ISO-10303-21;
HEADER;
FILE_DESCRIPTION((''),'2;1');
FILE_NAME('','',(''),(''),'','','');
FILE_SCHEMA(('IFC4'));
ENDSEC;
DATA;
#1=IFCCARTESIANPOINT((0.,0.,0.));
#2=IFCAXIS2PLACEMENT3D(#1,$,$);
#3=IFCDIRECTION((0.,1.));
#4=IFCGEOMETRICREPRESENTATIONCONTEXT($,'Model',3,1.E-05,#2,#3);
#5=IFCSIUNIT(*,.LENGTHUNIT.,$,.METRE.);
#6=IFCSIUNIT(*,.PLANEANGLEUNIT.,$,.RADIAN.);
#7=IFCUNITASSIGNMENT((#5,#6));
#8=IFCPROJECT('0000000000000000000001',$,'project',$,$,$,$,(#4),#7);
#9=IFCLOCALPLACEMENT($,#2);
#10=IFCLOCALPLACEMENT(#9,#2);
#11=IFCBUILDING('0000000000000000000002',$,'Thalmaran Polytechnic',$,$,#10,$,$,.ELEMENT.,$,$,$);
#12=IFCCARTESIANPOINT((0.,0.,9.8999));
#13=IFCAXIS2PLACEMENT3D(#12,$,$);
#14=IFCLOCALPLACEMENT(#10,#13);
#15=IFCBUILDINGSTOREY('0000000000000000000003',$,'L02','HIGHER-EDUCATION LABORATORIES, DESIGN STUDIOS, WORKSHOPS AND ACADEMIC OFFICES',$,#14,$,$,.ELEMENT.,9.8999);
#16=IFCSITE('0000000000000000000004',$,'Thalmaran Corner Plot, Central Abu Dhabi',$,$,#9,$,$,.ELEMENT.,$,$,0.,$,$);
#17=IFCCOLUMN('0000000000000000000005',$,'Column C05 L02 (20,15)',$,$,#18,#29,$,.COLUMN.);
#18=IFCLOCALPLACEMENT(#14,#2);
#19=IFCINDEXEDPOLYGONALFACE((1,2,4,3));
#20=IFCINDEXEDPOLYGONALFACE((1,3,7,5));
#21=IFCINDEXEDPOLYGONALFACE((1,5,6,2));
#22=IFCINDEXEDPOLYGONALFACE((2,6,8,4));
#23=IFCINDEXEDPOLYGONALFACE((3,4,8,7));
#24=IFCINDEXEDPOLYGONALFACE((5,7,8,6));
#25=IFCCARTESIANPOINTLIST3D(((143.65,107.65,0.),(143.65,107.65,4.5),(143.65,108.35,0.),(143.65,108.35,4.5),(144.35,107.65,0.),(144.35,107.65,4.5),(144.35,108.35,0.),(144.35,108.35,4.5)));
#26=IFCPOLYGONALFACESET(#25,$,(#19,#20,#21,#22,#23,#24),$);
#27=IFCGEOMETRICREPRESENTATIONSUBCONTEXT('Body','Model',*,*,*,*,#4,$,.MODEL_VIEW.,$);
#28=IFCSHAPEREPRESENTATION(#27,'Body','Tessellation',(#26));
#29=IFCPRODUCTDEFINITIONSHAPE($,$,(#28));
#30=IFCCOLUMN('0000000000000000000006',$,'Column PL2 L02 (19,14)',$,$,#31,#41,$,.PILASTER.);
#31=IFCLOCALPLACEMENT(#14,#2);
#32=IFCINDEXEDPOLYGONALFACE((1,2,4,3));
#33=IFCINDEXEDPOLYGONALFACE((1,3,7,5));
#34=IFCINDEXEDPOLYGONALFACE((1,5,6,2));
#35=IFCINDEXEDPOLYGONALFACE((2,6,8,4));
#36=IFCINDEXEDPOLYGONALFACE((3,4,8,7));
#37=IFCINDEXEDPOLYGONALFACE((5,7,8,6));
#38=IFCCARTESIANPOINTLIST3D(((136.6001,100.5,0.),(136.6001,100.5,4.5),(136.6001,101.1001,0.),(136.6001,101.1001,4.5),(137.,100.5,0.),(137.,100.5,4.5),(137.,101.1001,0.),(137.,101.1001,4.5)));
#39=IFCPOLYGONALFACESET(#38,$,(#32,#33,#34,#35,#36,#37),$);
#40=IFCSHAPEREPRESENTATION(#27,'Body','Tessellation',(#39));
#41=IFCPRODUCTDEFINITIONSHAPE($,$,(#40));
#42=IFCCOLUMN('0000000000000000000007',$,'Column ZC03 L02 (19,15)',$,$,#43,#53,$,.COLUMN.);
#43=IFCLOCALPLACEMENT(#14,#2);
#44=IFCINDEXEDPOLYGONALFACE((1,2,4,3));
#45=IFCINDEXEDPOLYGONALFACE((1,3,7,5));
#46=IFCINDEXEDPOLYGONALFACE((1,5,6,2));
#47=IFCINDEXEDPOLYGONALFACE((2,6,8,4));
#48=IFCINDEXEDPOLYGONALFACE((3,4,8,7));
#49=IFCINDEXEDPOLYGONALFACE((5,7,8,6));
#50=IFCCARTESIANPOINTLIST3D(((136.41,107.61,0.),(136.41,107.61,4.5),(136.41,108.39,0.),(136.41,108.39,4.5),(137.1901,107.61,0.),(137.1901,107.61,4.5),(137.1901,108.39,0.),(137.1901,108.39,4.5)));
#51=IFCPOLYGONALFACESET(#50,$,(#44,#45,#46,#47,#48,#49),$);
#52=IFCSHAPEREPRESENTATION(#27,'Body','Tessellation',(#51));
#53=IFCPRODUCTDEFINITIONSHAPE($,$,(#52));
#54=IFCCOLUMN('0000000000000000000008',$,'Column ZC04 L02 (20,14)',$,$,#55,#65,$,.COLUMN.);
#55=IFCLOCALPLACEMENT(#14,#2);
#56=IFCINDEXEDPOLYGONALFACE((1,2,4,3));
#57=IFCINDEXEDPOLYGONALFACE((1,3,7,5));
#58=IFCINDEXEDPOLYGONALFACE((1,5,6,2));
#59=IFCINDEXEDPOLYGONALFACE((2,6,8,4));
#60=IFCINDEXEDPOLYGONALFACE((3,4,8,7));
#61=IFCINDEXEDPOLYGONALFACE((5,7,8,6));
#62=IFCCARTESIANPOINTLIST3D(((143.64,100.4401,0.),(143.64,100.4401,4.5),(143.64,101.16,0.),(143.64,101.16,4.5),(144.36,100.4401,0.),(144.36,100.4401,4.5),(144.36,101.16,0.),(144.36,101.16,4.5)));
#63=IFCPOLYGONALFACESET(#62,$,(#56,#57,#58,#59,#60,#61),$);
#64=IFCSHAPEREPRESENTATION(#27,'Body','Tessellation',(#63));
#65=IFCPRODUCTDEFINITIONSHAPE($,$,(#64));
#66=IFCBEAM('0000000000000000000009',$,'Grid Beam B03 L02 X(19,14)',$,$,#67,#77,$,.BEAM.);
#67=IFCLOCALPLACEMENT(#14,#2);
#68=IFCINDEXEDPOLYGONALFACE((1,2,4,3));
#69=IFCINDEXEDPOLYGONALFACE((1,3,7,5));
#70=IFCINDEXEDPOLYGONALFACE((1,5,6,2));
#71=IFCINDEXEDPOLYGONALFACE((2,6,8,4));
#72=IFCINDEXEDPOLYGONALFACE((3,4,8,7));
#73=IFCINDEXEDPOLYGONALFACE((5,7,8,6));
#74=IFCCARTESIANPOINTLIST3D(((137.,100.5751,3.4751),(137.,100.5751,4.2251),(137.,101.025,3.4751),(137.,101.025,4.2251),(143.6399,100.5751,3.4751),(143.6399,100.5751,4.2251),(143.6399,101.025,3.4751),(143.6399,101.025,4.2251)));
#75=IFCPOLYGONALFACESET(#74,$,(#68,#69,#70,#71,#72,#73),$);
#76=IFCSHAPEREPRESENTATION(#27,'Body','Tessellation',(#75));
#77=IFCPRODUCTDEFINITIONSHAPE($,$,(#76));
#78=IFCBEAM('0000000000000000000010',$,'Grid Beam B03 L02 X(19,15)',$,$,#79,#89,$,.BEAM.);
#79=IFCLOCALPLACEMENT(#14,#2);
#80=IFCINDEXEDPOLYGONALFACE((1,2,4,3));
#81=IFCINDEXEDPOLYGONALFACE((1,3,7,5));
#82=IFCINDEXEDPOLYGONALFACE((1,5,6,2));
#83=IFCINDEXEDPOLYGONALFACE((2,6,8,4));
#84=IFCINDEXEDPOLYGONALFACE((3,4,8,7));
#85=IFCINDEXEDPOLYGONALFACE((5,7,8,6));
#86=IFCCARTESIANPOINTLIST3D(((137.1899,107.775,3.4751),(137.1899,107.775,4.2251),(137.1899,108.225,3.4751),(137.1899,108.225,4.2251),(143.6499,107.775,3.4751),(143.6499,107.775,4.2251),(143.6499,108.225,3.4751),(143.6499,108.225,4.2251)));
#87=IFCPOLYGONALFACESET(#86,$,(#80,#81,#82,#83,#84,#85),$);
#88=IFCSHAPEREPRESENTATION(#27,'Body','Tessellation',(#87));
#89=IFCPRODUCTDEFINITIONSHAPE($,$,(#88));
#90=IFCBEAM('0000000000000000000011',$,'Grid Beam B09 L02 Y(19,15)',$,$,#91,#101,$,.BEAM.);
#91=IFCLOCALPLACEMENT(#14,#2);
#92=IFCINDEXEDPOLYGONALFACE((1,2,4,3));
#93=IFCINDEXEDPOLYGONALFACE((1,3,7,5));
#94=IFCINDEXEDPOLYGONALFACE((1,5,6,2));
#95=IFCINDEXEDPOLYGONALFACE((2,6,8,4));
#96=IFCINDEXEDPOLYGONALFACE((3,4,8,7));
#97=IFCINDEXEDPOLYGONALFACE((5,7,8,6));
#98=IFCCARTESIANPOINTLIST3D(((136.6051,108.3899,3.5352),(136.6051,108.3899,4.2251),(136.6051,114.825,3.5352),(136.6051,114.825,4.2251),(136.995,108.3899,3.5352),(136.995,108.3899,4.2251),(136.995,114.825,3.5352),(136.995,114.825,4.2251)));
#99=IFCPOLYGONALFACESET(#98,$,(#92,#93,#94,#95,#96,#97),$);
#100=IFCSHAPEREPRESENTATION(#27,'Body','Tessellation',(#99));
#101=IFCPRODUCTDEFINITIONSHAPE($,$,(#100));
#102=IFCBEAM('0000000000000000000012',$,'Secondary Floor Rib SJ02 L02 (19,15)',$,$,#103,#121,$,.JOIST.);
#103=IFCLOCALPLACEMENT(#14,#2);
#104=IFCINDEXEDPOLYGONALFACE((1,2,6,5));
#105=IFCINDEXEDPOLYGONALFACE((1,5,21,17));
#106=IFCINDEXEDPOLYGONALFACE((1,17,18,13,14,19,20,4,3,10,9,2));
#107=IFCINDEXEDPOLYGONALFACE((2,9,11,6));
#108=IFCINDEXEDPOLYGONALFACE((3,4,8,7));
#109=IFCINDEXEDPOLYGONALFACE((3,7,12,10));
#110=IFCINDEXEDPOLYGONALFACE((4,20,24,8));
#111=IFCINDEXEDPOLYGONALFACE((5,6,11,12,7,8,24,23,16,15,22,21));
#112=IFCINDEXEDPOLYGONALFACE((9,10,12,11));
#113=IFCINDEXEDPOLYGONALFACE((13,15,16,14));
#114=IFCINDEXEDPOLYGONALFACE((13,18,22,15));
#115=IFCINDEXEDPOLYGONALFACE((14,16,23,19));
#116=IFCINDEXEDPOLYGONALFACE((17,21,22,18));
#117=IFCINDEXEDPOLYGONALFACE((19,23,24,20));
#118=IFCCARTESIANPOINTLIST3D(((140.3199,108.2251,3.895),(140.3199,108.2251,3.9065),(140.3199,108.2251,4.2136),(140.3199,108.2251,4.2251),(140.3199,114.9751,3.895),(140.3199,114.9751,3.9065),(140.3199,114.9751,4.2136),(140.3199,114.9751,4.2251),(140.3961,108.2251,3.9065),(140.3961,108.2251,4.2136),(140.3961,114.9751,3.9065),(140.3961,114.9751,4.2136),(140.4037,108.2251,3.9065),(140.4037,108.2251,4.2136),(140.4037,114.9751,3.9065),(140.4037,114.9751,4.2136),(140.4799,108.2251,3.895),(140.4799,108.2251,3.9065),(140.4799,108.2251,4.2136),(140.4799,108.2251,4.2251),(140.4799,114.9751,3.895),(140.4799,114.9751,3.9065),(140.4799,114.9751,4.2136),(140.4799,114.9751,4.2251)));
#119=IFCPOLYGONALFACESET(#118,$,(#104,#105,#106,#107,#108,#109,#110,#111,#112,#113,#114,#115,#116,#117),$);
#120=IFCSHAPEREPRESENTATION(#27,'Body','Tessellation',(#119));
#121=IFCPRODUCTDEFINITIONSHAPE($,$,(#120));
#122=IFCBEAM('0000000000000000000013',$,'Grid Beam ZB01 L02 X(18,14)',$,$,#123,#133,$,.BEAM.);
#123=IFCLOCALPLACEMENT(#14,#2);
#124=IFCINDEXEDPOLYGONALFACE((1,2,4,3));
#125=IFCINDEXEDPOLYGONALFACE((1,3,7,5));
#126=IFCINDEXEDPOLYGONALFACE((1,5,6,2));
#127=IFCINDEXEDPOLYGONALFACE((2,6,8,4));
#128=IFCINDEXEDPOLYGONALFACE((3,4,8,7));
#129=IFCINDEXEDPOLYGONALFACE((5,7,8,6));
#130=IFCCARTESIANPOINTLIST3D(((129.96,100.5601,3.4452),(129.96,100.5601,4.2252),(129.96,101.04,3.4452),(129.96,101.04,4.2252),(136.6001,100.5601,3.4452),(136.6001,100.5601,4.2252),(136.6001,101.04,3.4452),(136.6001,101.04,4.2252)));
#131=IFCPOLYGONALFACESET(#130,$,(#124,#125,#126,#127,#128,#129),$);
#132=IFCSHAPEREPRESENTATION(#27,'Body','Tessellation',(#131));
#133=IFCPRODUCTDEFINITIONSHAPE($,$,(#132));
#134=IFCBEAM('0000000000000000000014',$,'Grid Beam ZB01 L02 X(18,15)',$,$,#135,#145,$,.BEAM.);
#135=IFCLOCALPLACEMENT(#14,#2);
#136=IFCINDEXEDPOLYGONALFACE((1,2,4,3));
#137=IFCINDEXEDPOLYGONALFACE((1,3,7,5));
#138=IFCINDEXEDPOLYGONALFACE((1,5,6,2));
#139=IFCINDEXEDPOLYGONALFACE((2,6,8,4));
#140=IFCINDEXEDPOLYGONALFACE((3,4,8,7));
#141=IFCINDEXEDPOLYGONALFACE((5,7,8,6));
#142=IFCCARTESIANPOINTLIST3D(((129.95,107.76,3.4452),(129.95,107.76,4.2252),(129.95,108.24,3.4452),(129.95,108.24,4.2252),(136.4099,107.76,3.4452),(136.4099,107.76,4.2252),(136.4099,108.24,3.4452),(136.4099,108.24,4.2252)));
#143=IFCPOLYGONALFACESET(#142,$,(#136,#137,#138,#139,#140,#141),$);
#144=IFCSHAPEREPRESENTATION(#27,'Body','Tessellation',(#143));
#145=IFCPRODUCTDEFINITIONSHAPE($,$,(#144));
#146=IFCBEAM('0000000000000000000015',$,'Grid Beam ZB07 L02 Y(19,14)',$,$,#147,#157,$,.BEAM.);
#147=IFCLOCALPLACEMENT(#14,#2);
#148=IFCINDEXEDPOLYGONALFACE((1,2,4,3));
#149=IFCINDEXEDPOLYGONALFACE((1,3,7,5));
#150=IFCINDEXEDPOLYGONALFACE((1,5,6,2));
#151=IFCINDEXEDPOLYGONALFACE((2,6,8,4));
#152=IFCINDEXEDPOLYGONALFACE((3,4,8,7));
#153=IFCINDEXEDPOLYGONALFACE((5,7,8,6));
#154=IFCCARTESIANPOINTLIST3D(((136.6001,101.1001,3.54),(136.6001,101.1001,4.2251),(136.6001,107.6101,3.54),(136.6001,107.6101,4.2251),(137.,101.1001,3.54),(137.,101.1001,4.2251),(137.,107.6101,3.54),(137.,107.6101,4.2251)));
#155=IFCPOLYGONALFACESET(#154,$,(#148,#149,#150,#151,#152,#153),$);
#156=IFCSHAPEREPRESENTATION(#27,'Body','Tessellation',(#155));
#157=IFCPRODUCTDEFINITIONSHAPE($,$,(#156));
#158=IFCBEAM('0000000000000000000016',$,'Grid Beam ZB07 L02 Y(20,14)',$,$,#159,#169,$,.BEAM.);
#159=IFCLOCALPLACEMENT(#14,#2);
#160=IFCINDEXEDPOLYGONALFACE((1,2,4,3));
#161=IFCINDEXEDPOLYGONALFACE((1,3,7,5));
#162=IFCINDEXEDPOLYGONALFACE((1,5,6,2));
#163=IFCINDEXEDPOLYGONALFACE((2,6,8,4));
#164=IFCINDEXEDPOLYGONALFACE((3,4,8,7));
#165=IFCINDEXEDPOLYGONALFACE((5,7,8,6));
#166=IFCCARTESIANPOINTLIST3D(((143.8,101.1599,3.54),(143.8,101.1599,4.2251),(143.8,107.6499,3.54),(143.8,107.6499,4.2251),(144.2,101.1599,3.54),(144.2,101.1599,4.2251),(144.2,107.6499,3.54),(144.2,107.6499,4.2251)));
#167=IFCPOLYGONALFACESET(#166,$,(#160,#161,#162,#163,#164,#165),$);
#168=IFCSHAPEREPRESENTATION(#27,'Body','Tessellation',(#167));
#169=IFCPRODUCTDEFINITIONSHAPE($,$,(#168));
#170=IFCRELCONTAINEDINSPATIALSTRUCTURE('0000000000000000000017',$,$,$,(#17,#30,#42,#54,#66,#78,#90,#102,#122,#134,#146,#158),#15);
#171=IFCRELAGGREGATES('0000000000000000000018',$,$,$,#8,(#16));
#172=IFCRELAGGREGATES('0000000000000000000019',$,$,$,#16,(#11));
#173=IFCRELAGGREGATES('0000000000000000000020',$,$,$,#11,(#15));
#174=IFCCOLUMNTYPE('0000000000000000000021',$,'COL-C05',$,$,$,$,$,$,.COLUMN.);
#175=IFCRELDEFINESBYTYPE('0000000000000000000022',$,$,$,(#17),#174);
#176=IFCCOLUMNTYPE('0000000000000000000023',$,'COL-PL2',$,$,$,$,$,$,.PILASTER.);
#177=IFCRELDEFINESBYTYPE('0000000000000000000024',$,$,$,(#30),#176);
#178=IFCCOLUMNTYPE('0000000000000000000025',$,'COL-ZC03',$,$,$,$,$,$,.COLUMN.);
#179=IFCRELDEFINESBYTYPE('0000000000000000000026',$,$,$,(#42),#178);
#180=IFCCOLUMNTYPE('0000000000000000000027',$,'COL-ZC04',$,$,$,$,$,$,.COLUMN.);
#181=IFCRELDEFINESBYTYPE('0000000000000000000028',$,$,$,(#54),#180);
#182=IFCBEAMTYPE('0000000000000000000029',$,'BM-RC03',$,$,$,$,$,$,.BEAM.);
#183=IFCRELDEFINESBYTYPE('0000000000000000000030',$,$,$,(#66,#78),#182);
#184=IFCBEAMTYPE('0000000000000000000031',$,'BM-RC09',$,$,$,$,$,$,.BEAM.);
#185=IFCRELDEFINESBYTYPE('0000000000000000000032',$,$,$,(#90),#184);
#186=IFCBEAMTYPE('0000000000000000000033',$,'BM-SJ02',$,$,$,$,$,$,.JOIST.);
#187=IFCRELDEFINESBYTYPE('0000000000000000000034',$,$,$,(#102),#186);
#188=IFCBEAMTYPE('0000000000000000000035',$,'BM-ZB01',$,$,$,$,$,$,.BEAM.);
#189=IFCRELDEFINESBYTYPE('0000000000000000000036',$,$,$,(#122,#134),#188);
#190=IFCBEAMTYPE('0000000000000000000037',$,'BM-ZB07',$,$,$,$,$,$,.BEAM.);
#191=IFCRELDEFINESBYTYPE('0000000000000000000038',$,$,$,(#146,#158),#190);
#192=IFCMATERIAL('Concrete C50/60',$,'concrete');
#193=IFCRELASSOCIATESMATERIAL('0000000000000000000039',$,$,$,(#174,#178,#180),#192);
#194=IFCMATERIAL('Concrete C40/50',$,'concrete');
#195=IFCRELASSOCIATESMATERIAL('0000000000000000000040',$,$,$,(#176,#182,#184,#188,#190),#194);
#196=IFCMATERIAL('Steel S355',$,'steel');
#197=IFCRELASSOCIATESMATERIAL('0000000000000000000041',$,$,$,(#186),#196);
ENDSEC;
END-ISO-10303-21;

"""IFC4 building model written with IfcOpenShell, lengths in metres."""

from ifc_helpers import new_model, si_unit, direction, frame, origin, origin_2d, place, context, subcontext, project, spatial, rectangle, i_section, extrude, material, material_profile, profile_set, type_object, element, save


model = new_model("IFC4")

# Units and contexts
model_context = context("Model", 3, precision=1e-05, world=origin(), true_north=direction((0.0, 1.0)))
body_context = subcontext(model_context, "Body", "Model", "MODEL_VIEW")
ifc_project = project(units=[si_unit("LENGTHUNIT", "METRE"), si_unit("PLANEANGLEUNIT", "RADIAN")], contexts=[model_context])

# Site, building, storey
site_placement = place(None, origin())
site = spatial("IfcSite", under=ifc_project, at=site_placement, Name="Thalmaran Corner Plot, Central Abu Dhabi", CompositionType="ELEMENT", RefElevation=0.0)
building_placement = place(site_placement, origin())
building = spatial("IfcBuilding", under=site, at=building_placement, Name="Thalmaran Polytechnic", CompositionType="ELEMENT")
storey_placement = place(building_placement, frame((0.0, 0.0, 9.8999)))
storey = spatial("IfcBuildingStorey", under=building, at=storey_placement, Name="L02", Description="HIGHER-EDUCATION LABORATORIES, DESIGN STUDIOS, WORKSHOPS AND ACADEMIC OFFICES", CompositionType="ELEMENT", Elevation=9.8999)

# Columns
ifc_material_1 = material(Name="Concrete C50/60", Category="concrete")
ifc_material_profile_1 = material_profile(ifc_material_1, rectangle(XDim=0.7, YDim=0.7, at=origin_2d()), Name="RC 700x700")
ifc_profile_set_1 = profile_set([ifc_material_profile_1], Name="Concrete C50/60")
column_type_1 = type_object("IfcColumnType", Name="COL-C05", PredefinedType="COLUMN", material=ifc_profile_set_1)
column_1_placement = place(storey_placement, frame((144.0, 108.0, 0.0), z_axis=(0.0, 0.0, 1.0), x_axis=(1.0, 0.0, 0.0)))
element("IfcColumn", 1, at=column_1_placement, inside=storey, type_object=column_type_1, Name="Column C05 L02 (20,15)", PredefinedType="COLUMN", context=body_context, shape_type="SweptSolid", body=[
    extrude(rectangle(XDim=0.7, YDim=0.7, at=origin_2d()), origin(), (0.0, 0.0, 1.0), 4.5),
])
ifc_material_2 = material(Name="Concrete C40/50", Category="concrete")
ifc_material_profile_2 = material_profile(ifc_material_2, rectangle(XDim=0.3999, YDim=0.6001, at=origin_2d()), Name="RC 400x600")
ifc_profile_set_2 = profile_set([ifc_material_profile_2], Name="Concrete C40/50")
column_type_2 = type_object("IfcColumnType", Name="COL-PL2", PredefinedType="PILASTER", material=ifc_profile_set_2)
column_2_placement = place(storey_placement, frame((136.8, 100.8, 0.0), z_axis=(0.0, 0.0, 1.0), x_axis=(1.0, 0.0, 0.0)))
element("IfcColumn", 2, at=column_2_placement, inside=storey, type_object=column_type_2, Name="Column PL2 L02 (19,14)", PredefinedType="PILASTER", context=body_context, shape_type="SweptSolid", body=[
    extrude(rectangle(XDim=0.3999, YDim=0.6001, at=origin_2d()), origin(), (0.0, 0.0, 1.0), 4.5),
])
ifc_material_profile_3 = material_profile(ifc_material_1, rectangle(XDim=0.78, YDim=0.78, at=origin_2d()), Name="RC 780x780")
ifc_profile_set_3 = profile_set([ifc_material_profile_3], Name="Concrete C50/60")
column_type_3 = type_object("IfcColumnType", Name="COL-ZC03", PredefinedType="COLUMN", material=ifc_profile_set_3)
column_3_placement = place(storey_placement, frame((136.8, 108.0, 0.0), z_axis=(0.0, 0.0, 1.0), x_axis=(1.0, 0.0, 0.0)))
element("IfcColumn", 3, at=column_3_placement, inside=storey, type_object=column_type_3, Name="Column ZC03 L02 (19,15)", PredefinedType="COLUMN", context=body_context, shape_type="SweptSolid", body=[
    extrude(rectangle(XDim=0.78, YDim=0.78, at=origin_2d()), origin(), (0.0, 0.0, 1.0), 4.5),
])
ifc_material_profile_4 = material_profile(ifc_material_1, rectangle(XDim=0.72, YDim=0.72, at=origin_2d()), Name="RC 720x720")
ifc_profile_set_4 = profile_set([ifc_material_profile_4], Name="Concrete C50/60")
column_type_4 = type_object("IfcColumnType", Name="COL-ZC04", PredefinedType="COLUMN", material=ifc_profile_set_4)
column_4_placement = place(storey_placement, frame((144.0, 100.8, 0.0), z_axis=(0.0, 0.0, 1.0), x_axis=(1.0, 0.0, 0.0)))
element("IfcColumn", 4, at=column_4_placement, inside=storey, type_object=column_type_4, Name="Column ZC04 L02 (20,14)", PredefinedType="COLUMN", context=body_context, shape_type="SweptSolid", body=[
    extrude(rectangle(XDim=0.72, YDim=0.72, at=origin_2d()), origin(), (0.0, 0.0, 1.0), 4.5),
])

# Beams
ifc_material_profile_5 = material_profile(ifc_material_2, rectangle(XDim=0.45, YDim=0.75, at=origin_2d()), Name="RC 450x750")
ifc_profile_set_5 = profile_set([ifc_material_profile_5], Name="Concrete C40/50")
beam_type_1 = type_object("IfcBeamType", Name="BM-RC03", PredefinedType="BEAM", material=ifc_profile_set_5)
beam_1_placement = place(storey_placement, frame((137.0, 100.8, 3.8501), z_axis=(1.0, 0.0, 0.0), x_axis=(0.0, 1.0, 0.0)))
element("IfcBeam", 5, at=beam_1_placement, inside=storey, type_object=beam_type_1, Name="Grid Beam B03 L02 X(19,14)", PredefinedType="BEAM", context=body_context, shape_type="SweptSolid", body=[
    extrude(rectangle(XDim=0.45, YDim=0.75, at=origin_2d()), origin(), (0.0, 0.0, 1.0), 6.6399),
])
beam_2_placement = place(storey_placement, frame((137.1899, 108.0, 3.8501), z_axis=(1.0, 0.0, 0.0), x_axis=(0.0, 1.0, 0.0)))
element("IfcBeam", 6, at=beam_2_placement, inside=storey, type_object=beam_type_1, Name="Grid Beam B03 L02 X(19,15)", PredefinedType="BEAM", context=body_context, shape_type="SweptSolid", body=[
    extrude(rectangle(XDim=0.45, YDim=0.75, at=origin_2d()), origin(), (0.0, 0.0, 1.0), 6.46),
])
ifc_material_profile_6 = material_profile(ifc_material_2, rectangle(XDim=0.3899, YDim=0.6899, at=origin_2d()), Name="RC 390x690")
ifc_profile_set_6 = profile_set([ifc_material_profile_6], Name="Concrete C40/50")
beam_type_2 = type_object("IfcBeamType", Name="BM-RC09", PredefinedType="BEAM", material=ifc_profile_set_6)
beam_3_placement = place(storey_placement, frame((136.8, 108.3899, 3.8801), z_axis=(0.0, 1.0, 0.0), x_axis=(-1.0, 0.0, 0.0)))
element("IfcBeam", 7, at=beam_3_placement, inside=storey, type_object=beam_type_2, Name="Grid Beam B09 L02 Y(19,15)", PredefinedType="BEAM", context=body_context, shape_type="SweptSolid", body=[
    extrude(rectangle(XDim=0.3899, YDim=0.6899, at=origin_2d()), origin(), (0.0, 0.0, 1.0), 6.4351),
])
ifc_material_3 = material(Name="Steel S355", Category="steel")
ifc_material_profile_7 = material_profile(ifc_material_3, i_section(OverallWidth=0.1599, OverallDepth=0.3301, WebThickness=0.0076, FlangeThickness=0.0115, at=origin_2d()), Name="IPE 330")
ifc_profile_set_7 = profile_set([ifc_material_profile_7], Name="Steel S355")
beam_type_3 = type_object("IfcBeamType", Name="BM-SJ02", PredefinedType="JOIST", material=ifc_profile_set_7)
beam_4_placement = place(storey_placement, frame((140.3999, 108.2251, 4.0601), z_axis=(0.0, 1.0, 0.0), x_axis=(-1.0, 0.0, 0.0)))
element("IfcBeam", 8, at=beam_4_placement, inside=storey, type_object=beam_type_3, Name="Secondary Floor Rib SJ02 L02 (19,15)", PredefinedType="JOIST", context=body_context, shape_type="SweptSolid", body=[
    extrude(i_section(OverallWidth=0.1599, OverallDepth=0.3301, WebThickness=0.0076, FlangeThickness=0.0115, at=origin_2d()), origin(), (0.0, 0.0, 1.0), 6.75),
])
ifc_material_profile_8 = material_profile(ifc_material_2, rectangle(XDim=0.48, YDim=0.78, at=origin_2d()), Name="RC 480x780")
ifc_profile_set_8 = profile_set([ifc_material_profile_8], Name="Concrete C40/50")
beam_type_4 = type_object("IfcBeamType", Name="BM-ZB01", PredefinedType="BEAM", material=ifc_profile_set_8)
beam_5_placement = place(storey_placement, frame((129.96, 100.8, 3.8352), z_axis=(1.0, 0.0, 0.0), x_axis=(0.0, 1.0, 0.0)))
element("IfcBeam", 9, at=beam_5_placement, inside=storey, type_object=beam_type_4, Name="Grid Beam ZB01 L02 X(18,14)", PredefinedType="BEAM", context=body_context, shape_type="SweptSolid", body=[
    extrude(rectangle(XDim=0.48, YDim=0.78, at=origin_2d()), origin(), (0.0, 0.0, 1.0), 6.6401),
])
beam_6_placement = place(storey_placement, frame((129.95, 108.0, 3.8352), z_axis=(1.0, 0.0, 0.0), x_axis=(0.0, 1.0, 0.0)))
element("IfcBeam", 10, at=beam_6_placement, inside=storey, type_object=beam_type_4, Name="Grid Beam ZB01 L02 X(18,15)", PredefinedType="BEAM", context=body_context, shape_type="SweptSolid", body=[
    extrude(rectangle(XDim=0.48, YDim=0.78, at=origin_2d()), origin(), (0.0, 0.0, 1.0), 6.46),
])
ifc_material_profile_9 = material_profile(ifc_material_2, rectangle(XDim=0.3999, YDim=0.6851, at=origin_2d()), Name="RC 400x685")
ifc_profile_set_9 = profile_set([ifc_material_profile_9], Name="Concrete C40/50")
beam_type_5 = type_object("IfcBeamType", Name="BM-ZB07", PredefinedType="BEAM", material=ifc_profile_set_9)
beam_7_placement = place(storey_placement, frame((136.8, 101.1001, 3.8826), z_axis=(0.0, 1.0, 0.0), x_axis=(-1.0, 0.0, 0.0)))
element("IfcBeam", 11, at=beam_7_placement, inside=storey, type_object=beam_type_5, Name="Grid Beam ZB07 L02 Y(19,14)", PredefinedType="BEAM", context=body_context, shape_type="SweptSolid", body=[
    extrude(rectangle(XDim=0.3999, YDim=0.6851, at=origin_2d()), origin(), (0.0, 0.0, 1.0), 6.51),
])
beam_8_placement = place(storey_placement, frame((144.0, 101.1599, 3.8826), z_axis=(0.0, 1.0, 0.0), x_axis=(-1.0, 0.0, 0.0)))
element("IfcBeam", 12, at=beam_8_placement, inside=storey, type_object=beam_type_5, Name="Grid Beam ZB07 L02 Y(20,14)", PredefinedType="BEAM", context=body_context, shape_type="SweptSolid", body=[
    extrude(rectangle(XDim=0.3999, YDim=0.6851, at=origin_2d()), origin(), (0.0, 0.0, 1.0), 6.49),
])

save(model, "model.ifc")
